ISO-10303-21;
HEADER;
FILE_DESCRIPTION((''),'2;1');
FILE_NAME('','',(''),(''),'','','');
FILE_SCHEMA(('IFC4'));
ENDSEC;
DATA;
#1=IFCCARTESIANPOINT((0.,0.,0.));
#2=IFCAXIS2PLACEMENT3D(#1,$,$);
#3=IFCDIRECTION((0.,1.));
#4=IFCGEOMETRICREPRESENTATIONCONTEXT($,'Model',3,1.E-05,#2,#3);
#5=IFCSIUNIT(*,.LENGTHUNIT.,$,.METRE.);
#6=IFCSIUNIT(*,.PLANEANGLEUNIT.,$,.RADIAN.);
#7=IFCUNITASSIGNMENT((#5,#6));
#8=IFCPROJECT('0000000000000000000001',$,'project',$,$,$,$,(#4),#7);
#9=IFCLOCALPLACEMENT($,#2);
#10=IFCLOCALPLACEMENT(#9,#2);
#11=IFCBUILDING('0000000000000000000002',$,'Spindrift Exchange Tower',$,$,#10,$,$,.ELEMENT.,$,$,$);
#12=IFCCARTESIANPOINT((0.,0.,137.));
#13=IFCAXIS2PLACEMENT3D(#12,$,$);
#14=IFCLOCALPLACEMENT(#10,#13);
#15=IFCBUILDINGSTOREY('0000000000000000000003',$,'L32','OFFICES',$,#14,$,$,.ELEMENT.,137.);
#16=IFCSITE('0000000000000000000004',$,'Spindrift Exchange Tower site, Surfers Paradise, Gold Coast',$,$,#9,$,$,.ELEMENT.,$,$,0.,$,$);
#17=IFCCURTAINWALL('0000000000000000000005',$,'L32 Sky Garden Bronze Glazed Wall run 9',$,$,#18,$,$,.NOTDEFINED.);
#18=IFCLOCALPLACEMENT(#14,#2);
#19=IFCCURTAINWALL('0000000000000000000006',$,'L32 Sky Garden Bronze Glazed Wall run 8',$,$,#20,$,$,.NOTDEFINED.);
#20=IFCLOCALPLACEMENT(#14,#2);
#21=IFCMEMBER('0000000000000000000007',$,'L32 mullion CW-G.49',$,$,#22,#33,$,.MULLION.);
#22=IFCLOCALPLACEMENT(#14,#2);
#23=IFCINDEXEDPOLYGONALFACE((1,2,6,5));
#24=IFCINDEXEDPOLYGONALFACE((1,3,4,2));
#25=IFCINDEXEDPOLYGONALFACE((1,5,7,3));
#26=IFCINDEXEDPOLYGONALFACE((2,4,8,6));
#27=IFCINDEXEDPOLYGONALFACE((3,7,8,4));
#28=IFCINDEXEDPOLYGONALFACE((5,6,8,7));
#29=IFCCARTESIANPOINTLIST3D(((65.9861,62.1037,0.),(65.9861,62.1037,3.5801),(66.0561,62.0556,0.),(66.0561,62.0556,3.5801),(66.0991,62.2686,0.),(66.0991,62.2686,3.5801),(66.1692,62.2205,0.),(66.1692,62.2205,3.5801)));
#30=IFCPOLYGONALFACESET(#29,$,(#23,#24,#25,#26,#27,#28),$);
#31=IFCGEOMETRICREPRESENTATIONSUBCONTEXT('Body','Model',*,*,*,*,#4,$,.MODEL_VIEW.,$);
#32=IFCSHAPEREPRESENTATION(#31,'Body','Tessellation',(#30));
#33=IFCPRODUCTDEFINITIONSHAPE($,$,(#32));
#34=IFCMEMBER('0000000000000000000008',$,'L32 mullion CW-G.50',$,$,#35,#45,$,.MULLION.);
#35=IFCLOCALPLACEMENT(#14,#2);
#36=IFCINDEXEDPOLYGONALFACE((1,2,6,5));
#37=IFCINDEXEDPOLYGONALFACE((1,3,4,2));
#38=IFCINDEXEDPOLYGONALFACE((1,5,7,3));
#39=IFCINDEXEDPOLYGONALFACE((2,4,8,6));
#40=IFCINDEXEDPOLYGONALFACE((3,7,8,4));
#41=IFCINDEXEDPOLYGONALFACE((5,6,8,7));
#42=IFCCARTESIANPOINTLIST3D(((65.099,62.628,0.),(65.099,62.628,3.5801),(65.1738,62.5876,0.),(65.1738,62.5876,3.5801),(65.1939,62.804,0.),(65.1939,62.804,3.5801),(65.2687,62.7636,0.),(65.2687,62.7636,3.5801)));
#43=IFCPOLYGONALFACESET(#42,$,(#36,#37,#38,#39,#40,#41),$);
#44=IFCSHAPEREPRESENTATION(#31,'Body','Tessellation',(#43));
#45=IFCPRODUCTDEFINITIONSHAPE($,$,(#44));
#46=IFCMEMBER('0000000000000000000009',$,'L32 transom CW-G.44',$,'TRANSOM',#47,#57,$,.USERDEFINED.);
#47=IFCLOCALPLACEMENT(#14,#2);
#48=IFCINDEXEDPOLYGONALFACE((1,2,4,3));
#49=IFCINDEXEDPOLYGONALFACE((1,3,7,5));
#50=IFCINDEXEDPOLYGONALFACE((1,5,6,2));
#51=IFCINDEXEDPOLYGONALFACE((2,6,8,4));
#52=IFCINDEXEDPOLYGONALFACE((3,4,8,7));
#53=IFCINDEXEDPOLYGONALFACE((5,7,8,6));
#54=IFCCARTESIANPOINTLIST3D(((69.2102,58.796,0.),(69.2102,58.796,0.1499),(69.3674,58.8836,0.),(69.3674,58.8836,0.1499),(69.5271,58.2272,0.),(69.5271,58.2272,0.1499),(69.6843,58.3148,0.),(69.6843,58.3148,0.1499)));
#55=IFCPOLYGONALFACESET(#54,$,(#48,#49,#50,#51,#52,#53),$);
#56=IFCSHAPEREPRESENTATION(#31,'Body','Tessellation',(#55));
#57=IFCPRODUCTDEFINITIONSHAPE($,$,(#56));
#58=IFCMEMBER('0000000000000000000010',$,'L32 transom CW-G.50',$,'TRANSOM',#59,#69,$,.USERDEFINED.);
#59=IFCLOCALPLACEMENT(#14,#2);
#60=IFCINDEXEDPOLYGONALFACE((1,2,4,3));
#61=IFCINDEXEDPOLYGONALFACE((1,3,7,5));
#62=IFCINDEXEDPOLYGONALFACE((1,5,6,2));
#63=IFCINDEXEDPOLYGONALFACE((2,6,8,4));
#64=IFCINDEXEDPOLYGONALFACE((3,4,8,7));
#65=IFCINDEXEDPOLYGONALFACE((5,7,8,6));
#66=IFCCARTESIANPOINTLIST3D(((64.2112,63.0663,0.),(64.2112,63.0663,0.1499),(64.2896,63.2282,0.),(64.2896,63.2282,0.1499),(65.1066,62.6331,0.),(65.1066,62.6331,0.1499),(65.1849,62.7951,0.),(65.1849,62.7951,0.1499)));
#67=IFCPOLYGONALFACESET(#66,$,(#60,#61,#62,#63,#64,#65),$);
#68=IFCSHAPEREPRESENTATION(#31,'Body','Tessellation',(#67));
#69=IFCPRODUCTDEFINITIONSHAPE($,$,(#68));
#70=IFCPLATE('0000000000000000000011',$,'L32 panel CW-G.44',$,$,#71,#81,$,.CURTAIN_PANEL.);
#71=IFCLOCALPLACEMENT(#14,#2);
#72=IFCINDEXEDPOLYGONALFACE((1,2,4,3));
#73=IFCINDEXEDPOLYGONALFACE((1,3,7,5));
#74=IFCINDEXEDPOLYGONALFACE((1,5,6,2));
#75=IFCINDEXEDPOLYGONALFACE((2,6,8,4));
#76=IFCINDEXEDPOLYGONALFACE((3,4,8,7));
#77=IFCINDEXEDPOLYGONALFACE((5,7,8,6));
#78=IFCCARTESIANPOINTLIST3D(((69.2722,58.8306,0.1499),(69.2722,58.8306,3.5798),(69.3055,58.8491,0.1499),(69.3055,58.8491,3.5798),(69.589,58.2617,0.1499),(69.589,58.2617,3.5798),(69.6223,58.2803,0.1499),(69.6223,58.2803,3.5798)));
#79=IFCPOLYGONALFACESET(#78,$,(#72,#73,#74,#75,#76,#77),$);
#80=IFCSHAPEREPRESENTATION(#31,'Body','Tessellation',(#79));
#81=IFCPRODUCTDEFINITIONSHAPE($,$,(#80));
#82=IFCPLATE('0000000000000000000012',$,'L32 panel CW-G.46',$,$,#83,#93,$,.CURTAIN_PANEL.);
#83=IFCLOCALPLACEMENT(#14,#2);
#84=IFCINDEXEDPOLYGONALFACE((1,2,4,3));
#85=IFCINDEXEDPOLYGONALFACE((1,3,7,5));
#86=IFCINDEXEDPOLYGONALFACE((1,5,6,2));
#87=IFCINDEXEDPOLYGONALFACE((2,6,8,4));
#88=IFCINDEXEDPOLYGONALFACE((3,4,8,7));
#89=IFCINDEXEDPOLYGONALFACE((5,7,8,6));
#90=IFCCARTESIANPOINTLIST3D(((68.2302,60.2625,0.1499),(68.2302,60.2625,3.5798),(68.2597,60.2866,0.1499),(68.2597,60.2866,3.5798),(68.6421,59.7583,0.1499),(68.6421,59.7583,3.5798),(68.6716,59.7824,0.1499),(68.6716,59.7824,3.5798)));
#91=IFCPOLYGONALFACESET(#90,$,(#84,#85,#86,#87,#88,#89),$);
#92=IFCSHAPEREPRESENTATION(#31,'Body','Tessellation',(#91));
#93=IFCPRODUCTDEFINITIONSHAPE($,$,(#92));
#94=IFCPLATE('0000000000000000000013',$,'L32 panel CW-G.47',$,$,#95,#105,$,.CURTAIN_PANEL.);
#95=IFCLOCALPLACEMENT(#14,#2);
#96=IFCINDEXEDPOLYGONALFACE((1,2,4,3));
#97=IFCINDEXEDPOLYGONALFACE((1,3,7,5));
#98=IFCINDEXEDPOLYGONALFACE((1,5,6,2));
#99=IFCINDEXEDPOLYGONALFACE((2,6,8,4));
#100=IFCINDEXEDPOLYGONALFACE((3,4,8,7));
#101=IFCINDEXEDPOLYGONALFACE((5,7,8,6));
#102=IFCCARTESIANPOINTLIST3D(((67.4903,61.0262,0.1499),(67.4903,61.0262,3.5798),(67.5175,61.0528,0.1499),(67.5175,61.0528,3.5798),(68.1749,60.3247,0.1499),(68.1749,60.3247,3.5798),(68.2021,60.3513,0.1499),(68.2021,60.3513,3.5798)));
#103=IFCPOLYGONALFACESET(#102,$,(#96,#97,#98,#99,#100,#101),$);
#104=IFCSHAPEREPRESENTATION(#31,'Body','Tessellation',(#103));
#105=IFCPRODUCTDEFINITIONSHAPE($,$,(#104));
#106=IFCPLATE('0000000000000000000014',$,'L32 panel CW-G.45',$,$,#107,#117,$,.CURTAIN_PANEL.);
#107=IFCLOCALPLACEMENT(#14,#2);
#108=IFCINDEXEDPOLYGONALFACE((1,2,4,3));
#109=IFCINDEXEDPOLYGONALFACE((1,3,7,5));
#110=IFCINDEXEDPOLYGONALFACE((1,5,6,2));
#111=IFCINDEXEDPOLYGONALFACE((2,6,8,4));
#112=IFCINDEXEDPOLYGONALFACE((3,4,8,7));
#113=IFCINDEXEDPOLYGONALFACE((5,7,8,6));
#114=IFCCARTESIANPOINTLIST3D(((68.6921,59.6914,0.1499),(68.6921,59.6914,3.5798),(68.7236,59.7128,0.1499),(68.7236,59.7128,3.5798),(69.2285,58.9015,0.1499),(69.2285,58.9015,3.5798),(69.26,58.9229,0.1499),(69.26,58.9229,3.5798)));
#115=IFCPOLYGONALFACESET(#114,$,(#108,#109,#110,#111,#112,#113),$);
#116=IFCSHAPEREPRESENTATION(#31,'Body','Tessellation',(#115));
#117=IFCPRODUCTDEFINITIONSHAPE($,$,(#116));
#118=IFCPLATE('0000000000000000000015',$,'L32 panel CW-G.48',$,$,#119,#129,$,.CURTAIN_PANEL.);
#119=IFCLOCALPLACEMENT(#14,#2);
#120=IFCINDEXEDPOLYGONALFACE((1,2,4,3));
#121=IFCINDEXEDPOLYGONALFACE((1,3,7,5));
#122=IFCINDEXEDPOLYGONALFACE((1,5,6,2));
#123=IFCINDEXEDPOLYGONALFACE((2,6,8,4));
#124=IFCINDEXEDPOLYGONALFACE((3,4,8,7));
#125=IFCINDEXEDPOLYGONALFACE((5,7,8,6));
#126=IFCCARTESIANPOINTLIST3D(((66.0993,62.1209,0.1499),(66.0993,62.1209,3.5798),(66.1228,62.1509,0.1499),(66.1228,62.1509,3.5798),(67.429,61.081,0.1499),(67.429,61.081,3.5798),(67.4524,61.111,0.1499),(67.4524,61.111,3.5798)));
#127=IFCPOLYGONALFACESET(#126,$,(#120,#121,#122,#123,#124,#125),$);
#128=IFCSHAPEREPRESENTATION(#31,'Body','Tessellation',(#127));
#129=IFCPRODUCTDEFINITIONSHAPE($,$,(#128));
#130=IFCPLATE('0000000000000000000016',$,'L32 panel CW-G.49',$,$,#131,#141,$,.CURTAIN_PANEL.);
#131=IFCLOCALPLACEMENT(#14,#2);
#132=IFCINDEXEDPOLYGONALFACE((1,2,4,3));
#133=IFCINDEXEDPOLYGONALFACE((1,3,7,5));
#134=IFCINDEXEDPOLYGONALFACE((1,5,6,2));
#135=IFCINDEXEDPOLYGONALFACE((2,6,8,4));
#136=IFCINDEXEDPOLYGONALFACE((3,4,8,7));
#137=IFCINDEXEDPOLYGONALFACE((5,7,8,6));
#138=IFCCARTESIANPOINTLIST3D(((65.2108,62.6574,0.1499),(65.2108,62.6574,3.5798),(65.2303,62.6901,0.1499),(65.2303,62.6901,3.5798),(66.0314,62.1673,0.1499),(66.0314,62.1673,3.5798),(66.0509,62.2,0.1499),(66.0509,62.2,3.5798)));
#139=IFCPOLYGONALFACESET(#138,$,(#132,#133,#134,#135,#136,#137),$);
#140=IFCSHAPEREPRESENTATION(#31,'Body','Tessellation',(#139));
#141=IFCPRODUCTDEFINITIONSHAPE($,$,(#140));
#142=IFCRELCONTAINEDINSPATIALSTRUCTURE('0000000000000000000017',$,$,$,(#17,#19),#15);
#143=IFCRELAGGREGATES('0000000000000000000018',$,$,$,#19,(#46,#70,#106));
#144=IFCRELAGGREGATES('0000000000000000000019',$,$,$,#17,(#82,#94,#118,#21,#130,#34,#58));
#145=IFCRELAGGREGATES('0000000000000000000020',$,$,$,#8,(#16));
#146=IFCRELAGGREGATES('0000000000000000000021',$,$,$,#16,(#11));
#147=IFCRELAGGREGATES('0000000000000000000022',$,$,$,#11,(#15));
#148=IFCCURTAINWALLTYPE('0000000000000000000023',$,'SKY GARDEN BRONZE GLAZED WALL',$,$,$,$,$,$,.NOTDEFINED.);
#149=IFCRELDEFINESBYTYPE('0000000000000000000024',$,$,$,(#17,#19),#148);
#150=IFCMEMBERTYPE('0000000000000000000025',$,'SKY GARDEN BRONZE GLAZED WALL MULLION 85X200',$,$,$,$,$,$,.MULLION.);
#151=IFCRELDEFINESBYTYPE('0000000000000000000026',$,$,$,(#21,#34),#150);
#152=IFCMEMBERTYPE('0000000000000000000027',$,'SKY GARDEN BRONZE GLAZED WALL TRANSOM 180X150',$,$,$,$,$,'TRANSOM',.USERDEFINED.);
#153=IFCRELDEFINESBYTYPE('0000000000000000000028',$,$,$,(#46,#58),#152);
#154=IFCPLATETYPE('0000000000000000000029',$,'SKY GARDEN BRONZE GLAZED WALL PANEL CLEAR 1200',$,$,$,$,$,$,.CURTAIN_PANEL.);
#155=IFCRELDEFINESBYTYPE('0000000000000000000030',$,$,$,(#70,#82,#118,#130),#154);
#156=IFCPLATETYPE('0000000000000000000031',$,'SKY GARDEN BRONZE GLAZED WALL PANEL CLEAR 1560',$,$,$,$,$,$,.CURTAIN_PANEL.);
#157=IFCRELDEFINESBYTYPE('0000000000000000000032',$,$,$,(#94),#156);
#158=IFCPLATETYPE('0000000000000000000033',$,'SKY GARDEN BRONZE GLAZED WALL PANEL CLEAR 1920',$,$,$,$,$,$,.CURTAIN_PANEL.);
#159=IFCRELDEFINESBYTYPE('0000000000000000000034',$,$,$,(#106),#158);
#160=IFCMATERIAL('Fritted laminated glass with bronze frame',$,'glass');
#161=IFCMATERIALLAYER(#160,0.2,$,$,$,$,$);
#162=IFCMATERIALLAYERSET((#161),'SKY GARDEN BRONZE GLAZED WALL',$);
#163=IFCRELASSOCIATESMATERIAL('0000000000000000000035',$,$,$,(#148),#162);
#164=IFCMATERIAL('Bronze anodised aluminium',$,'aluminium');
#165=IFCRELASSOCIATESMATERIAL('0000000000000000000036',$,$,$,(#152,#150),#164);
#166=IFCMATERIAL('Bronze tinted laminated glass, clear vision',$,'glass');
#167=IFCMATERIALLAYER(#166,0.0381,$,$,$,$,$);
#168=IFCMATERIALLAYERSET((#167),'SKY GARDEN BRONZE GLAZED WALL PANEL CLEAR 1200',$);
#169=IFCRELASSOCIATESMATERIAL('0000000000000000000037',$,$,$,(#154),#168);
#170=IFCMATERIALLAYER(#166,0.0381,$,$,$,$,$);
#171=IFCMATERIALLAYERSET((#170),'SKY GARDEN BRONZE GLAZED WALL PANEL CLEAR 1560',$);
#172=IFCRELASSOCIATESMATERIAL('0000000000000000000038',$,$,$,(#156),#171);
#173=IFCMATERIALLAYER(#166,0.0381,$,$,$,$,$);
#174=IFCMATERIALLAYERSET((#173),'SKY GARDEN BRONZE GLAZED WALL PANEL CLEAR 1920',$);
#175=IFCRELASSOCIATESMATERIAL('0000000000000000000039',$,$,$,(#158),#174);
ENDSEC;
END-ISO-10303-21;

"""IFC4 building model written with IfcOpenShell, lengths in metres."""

from ifc_helpers import new_model, si_unit, direction, frame, origin, origin_2d, place, context, subcontext, project, spatial, rectangle, extrude, source, transform, mapped, material, layer, layer_set, material_profile, profile_set, type_object, element, aggregate, save


model = new_model("IFC4")

# Units and contexts
model_context = context("Model", 3, precision=1e-05, world=origin(), true_north=direction((0.0, 1.0)))
body_context = subcontext(model_context, "Body", "Model", "MODEL_VIEW")
ifc_project = project(units=[si_unit("LENGTHUNIT", "METRE"), si_unit("PLANEANGLEUNIT", "RADIAN")], contexts=[model_context])

# Site, building, storey
site_placement = place(None, origin())
site = spatial("IfcSite", under=ifc_project, at=site_placement, Name="Spindrift Exchange Tower site, Surfers Paradise, Gold Coast", CompositionType="ELEMENT", RefElevation=0.0)
building_placement = place(site_placement, origin())
building = spatial("IfcBuilding", under=site, at=building_placement, Name="Spindrift Exchange Tower", CompositionType="ELEMENT")
storey_placement = place(building_placement, frame((0.0, 0.0, 137.0)))
storey = spatial("IfcBuildingStorey", under=building, at=storey_placement, Name="L32", Description="OFFICES", CompositionType="ELEMENT", Elevation=137.0)

# Curtain wall
ifc_material_1 = material(Name="Fritted laminated glass with bronze frame", Category="glass")
ifc_layer_1 = layer(ifc_material_1, 0.2)
ifc_layer_set_1 = layer_set([ifc_layer_1], Name="SKY GARDEN BRONZE GLAZED WALL")
curtain_wall_type = type_object("IfcCurtainWallType", Name="SKY GARDEN BRONZE GLAZED WALL", PredefinedType="NOTDEFINED", material=ifc_layer_set_1)
curtain_wall_1_placement = place(storey_placement, origin())
curtain_wall_1 = element("IfcCurtainWall", 1, at=curtain_wall_1_placement, inside=storey, type_object=curtain_wall_type, Name="L32 Sky Garden Bronze Glazed Wall run 9", PredefinedType="NOTDEFINED")
ifc_material_2 = material(Name="Bronze anodised aluminium", Category="aluminium")
ifc_material_profile_1 = material_profile(ifc_material_2, rectangle(XDim=0.1799, YDim=0.1499, at=origin_2d()), Name="SKY GARDEN BRONZE GLAZED WALL TRANSOM 180X150")
ifc_profile_set_1 = profile_set([ifc_material_profile_1], Name="Bronze anodised aluminium")
member_type_1 = type_object("IfcMemberType", Name="SKY GARDEN BRONZE GLAZED WALL TRANSOM 180X150", ElementType="TRANSOM", PredefinedType="USERDEFINED", material=ifc_profile_set_1)

# Curtain wall
curtain_wall_2_placement = place(storey_placement, origin())
curtain_wall_2 = element("IfcCurtainWall", 2, at=curtain_wall_2_placement, inside=storey, type_object=curtain_wall_type, Name="L32 Sky Garden Bronze Glazed Wall run 8", PredefinedType="NOTDEFINED")

# Members
ifc_material_profile_2 = material_profile(ifc_material_2, rectangle(XDim=0.085, YDim=0.2, at=origin_2d()), Name="SKY GARDEN BRONZE GLAZED WALL MULLION 85X200")
ifc_profile_set_2 = profile_set([ifc_material_profile_2], Name="Bronze anodised aluminium")
member_type_2 = type_object("IfcMemberType", Name="SKY GARDEN BRONZE GLAZED WALL MULLION 85X200", PredefinedType="MULLION", material=ifc_profile_set_2)
shared_shape_1 = source(origin(), body_context, "Body", "SweptSolid", [
    extrude(rectangle(XDim=0.085, YDim=0.2, at=origin_2d()), origin(), (0.0, 0.0, 1.0), 3.5801),
])
member_1_placement = place(storey_placement, frame((66.0776, 62.1621, 0.0), z_axis=(0.0, 0.0, 1.0), x_axis=(-0.82476, 0.565483, 0.0)))
member_1 = element("IfcMember", 3, at=member_1_placement, type_object=member_type_2, Name="L32 mullion CW-G.49", PredefinedType="MULLION", context=body_context, shape_type="MappedRepresentation", body=[
    mapped(shared_shape_1, transform((0.0, 0.0, 0.0), scale=1.0)),
])
member_2_placement = place(storey_placement, frame((65.1838, 62.6958, 0.0), z_axis=(0.0, 0.0, 1.0), x_axis=(-0.88025, 0.47451, 0.0)))
member_2 = element("IfcMember", 4, at=member_2_placement, type_object=member_type_2, Name="L32 mullion CW-G.50", PredefinedType="MULLION", context=body_context, shape_type="MappedRepresentation", body=[
    mapped(shared_shape_1, transform((0.0, 0.0, 0.0), scale=1.0)),
])
shared_shape_2 = source(origin(), body_context, "Body", "SweptSolid", [
    extrude(rectangle(XDim=0.1799, YDim=0.1499, at=origin_2d()), origin(), (0.0, 0.0, 1.0), 0.6511),
])
member_3_placement = place(storey_placement, frame((69.6057, 58.271, 0.075), z_axis=(-0.486661, 0.873591, 0.0), x_axis=(-0.873591, -0.486661, 0.0)))
member_3 = element("IfcMember", 5, at=member_3_placement, type_object=member_type_1, Name="L32 transom CW-G.44", ObjectType="TRANSOM", PredefinedType="USERDEFINED", context=body_context, shape_type="MappedRepresentation", body=[
    mapped(shared_shape_2, transform((0.0, 0.0, 0.0), scale=1.0)),
])
shared_shape_3 = source(origin(), body_context, "Body", "SweptSolid", [
    extrude(rectangle(XDim=0.1799, YDim=0.1499, at=origin_2d()), origin(), (0.0, 0.0, 1.0), 0.9946),
])
member_4_placement = place(storey_placement, frame((65.1458, 62.7141, 0.075), z_axis=(-0.900193, 0.43549, 0.0), x_axis=(-0.43549, -0.900193, 0.0)))
member_4 = element("IfcMember", 6, at=member_4_placement, type_object=member_type_1, Name="L32 transom CW-G.50", ObjectType="TRANSOM", PredefinedType="USERDEFINED", context=body_context, shape_type="MappedRepresentation", body=[
    mapped(shared_shape_3, transform((0.0, 0.0, 0.0), scale=1.0)),
])

# Plates
ifc_material_3 = material(Name="Bronze tinted laminated glass, clear vision", Category="glass")
ifc_layer_2 = layer(ifc_material_3, 0.0381)
ifc_layer_set_2 = layer_set([ifc_layer_2], Name="SKY GARDEN BRONZE GLAZED WALL PANEL CLEAR 1200")
plate_type_1 = type_object("IfcPlateType", Name="SKY GARDEN BRONZE GLAZED WALL PANEL CLEAR 1200", PredefinedType="CURTAIN_PANEL", material=ifc_layer_set_2)
shared_shape_4 = source(origin(), body_context, "Body", "SweptSolid", [
    extrude(rectangle(XDim=0.6511, YDim=0.0381, at=origin_2d()), origin(), (0.0, 0.0, 1.0), 3.4299),
])
plate_1_placement = place(storey_placement, frame((69.4473, 58.5554, 0.1499), z_axis=(0.0, 0.0, 1.0), x_axis=(-0.486601, 0.873624, 0.0)))
plate_1 = element("IfcPlate", 7, at=plate_1_placement, type_object=plate_type_1, Name="L32 panel CW-G.44", PredefinedType="CURTAIN_PANEL", context=body_context, shape_type="MappedRepresentation", body=[
    mapped(shared_shape_4, transform((0.0, 0.0, 0.0), scale=1.0)),
])
plate_2_placement = place(storey_placement, frame((68.4509, 60.0225, 0.1499), z_axis=(0.0, 0.0, 1.0), x_axis=(-0.632631, 0.774453, 0.0)))
plate_2 = element("IfcPlate", 8, at=plate_2_placement, type_object=plate_type_1, Name="L32 panel CW-G.46", PredefinedType="CURTAIN_PANEL", context=body_context, shape_type="MappedRepresentation", body=[
    mapped(shared_shape_4, transform((0.0, 0.0, 0.0), scale=1.0)),
])
ifc_layer_3 = layer(ifc_material_3, 0.0381)
ifc_layer_set_3 = layer_set([ifc_layer_3], Name="SKY GARDEN BRONZE GLAZED WALL PANEL CLEAR 1560")
plate_type_2 = type_object("IfcPlateType", Name="SKY GARDEN BRONZE GLAZED WALL PANEL CLEAR 1560", PredefinedType="CURTAIN_PANEL", material=ifc_layer_set_3)
shared_shape_5 = source(origin(), body_context, "Body", "SweptSolid", [
    extrude(rectangle(XDim=0.9802, YDim=0.0381, at=origin_2d()), origin(), (0.0, 0.0, 1.0), 3.4299),
])
plate_3_placement = place(storey_placement, frame((67.8462, 60.6887, 0.1499), z_axis=(0.0, 0.0, 1.0), x_axis=(-0.698418, 0.71569, 0.0)))
plate_3 = element("IfcPlate", 9, at=plate_3_placement, type_object=plate_type_2, Name="L32 panel CW-G.47", PredefinedType="CURTAIN_PANEL", context=body_context, shape_type="MappedRepresentation", body=[
    mapped(shared_shape_5, transform((0.0, 0.0, 0.0), scale=1.0)),
])
ifc_layer_4 = layer(ifc_material_3, 0.0381)
ifc_layer_set_4 = layer_set([ifc_layer_4], Name="SKY GARDEN BRONZE GLAZED WALL PANEL CLEAR 1920")
plate_type_3 = type_object("IfcPlateType", Name="SKY GARDEN BRONZE GLAZED WALL PANEL CLEAR 1920", PredefinedType="CURTAIN_PANEL", material=ifc_layer_set_4)
shared_shape_6 = source(origin(), body_context, "Body", "SweptSolid", [
    extrude(rectangle(XDim=0.9548, YDim=0.0381, at=origin_2d()), origin(), (0.0, 0.0, 1.0), 3.4299),
])
plate_4_placement = place(storey_placement, frame((68.9761, 59.3071, 0.1499), z_axis=(0.0, 0.0, 1.0), x_axis=(-0.561782, 0.827286, 0.0)))
plate_4 = element("IfcPlate", 10, at=plate_4_placement, type_object=plate_type_3, Name="L32 panel CW-G.45", PredefinedType="CURTAIN_PANEL", context=body_context, shape_type="MappedRepresentation", body=[
    mapped(shared_shape_6, transform((0.0, 0.0, 0.0), scale=1.0)),
])
aggregate(curtain_wall_2, [member_3, plate_1, plate_4])
shared_shape_7 = source(origin(), body_context, "Body", "SweptSolid", [
    extrude(rectangle(XDim=1.688, YDim=0.0381, at=origin_2d()), origin(), (0.0, 0.0, 1.0), 3.4299),
])
plate_5_placement = place(storey_placement, frame((66.7759, 61.616, 0.1499), z_axis=(0.0, 0.0, 1.0), x_axis=(-0.787722, 0.616031, 0.0)))
plate_5 = element("IfcPlate", 11, at=plate_5_placement, type_object=plate_type_1, Name="L32 panel CW-G.48", PredefinedType="CURTAIN_PANEL", context=body_context, shape_type="MappedRepresentation", body=[
    mapped(shared_shape_7, transform((0.0, 0.0, 0.0), scale=1.0)),
])
shared_shape_8 = source(origin(), body_context, "Body", "SweptSolid", [
    extrude(rectangle(XDim=0.9558, YDim=0.0381, at=origin_2d()), origin(), (0.0, 0.0, 1.0), 3.4299),
])
plate_6_placement = place(storey_placement, frame((65.6309, 62.4287, 0.1499), z_axis=(0.0, 0.0, 1.0), x_axis=(-0.858559, 0.512714, 0.0)))
plate_6 = element("IfcPlate", 12, at=plate_6_placement, type_object=plate_type_1, Name="L32 panel CW-G.49", PredefinedType="CURTAIN_PANEL", context=body_context, shape_type="MappedRepresentation", body=[
    mapped(shared_shape_8, transform((0.0, 0.0, 0.0), scale=1.0)),
])
aggregate(curtain_wall_1, [plate_2, plate_3, plate_5, member_1, plate_6, member_2, member_4])

save(model, "model.ifc")
